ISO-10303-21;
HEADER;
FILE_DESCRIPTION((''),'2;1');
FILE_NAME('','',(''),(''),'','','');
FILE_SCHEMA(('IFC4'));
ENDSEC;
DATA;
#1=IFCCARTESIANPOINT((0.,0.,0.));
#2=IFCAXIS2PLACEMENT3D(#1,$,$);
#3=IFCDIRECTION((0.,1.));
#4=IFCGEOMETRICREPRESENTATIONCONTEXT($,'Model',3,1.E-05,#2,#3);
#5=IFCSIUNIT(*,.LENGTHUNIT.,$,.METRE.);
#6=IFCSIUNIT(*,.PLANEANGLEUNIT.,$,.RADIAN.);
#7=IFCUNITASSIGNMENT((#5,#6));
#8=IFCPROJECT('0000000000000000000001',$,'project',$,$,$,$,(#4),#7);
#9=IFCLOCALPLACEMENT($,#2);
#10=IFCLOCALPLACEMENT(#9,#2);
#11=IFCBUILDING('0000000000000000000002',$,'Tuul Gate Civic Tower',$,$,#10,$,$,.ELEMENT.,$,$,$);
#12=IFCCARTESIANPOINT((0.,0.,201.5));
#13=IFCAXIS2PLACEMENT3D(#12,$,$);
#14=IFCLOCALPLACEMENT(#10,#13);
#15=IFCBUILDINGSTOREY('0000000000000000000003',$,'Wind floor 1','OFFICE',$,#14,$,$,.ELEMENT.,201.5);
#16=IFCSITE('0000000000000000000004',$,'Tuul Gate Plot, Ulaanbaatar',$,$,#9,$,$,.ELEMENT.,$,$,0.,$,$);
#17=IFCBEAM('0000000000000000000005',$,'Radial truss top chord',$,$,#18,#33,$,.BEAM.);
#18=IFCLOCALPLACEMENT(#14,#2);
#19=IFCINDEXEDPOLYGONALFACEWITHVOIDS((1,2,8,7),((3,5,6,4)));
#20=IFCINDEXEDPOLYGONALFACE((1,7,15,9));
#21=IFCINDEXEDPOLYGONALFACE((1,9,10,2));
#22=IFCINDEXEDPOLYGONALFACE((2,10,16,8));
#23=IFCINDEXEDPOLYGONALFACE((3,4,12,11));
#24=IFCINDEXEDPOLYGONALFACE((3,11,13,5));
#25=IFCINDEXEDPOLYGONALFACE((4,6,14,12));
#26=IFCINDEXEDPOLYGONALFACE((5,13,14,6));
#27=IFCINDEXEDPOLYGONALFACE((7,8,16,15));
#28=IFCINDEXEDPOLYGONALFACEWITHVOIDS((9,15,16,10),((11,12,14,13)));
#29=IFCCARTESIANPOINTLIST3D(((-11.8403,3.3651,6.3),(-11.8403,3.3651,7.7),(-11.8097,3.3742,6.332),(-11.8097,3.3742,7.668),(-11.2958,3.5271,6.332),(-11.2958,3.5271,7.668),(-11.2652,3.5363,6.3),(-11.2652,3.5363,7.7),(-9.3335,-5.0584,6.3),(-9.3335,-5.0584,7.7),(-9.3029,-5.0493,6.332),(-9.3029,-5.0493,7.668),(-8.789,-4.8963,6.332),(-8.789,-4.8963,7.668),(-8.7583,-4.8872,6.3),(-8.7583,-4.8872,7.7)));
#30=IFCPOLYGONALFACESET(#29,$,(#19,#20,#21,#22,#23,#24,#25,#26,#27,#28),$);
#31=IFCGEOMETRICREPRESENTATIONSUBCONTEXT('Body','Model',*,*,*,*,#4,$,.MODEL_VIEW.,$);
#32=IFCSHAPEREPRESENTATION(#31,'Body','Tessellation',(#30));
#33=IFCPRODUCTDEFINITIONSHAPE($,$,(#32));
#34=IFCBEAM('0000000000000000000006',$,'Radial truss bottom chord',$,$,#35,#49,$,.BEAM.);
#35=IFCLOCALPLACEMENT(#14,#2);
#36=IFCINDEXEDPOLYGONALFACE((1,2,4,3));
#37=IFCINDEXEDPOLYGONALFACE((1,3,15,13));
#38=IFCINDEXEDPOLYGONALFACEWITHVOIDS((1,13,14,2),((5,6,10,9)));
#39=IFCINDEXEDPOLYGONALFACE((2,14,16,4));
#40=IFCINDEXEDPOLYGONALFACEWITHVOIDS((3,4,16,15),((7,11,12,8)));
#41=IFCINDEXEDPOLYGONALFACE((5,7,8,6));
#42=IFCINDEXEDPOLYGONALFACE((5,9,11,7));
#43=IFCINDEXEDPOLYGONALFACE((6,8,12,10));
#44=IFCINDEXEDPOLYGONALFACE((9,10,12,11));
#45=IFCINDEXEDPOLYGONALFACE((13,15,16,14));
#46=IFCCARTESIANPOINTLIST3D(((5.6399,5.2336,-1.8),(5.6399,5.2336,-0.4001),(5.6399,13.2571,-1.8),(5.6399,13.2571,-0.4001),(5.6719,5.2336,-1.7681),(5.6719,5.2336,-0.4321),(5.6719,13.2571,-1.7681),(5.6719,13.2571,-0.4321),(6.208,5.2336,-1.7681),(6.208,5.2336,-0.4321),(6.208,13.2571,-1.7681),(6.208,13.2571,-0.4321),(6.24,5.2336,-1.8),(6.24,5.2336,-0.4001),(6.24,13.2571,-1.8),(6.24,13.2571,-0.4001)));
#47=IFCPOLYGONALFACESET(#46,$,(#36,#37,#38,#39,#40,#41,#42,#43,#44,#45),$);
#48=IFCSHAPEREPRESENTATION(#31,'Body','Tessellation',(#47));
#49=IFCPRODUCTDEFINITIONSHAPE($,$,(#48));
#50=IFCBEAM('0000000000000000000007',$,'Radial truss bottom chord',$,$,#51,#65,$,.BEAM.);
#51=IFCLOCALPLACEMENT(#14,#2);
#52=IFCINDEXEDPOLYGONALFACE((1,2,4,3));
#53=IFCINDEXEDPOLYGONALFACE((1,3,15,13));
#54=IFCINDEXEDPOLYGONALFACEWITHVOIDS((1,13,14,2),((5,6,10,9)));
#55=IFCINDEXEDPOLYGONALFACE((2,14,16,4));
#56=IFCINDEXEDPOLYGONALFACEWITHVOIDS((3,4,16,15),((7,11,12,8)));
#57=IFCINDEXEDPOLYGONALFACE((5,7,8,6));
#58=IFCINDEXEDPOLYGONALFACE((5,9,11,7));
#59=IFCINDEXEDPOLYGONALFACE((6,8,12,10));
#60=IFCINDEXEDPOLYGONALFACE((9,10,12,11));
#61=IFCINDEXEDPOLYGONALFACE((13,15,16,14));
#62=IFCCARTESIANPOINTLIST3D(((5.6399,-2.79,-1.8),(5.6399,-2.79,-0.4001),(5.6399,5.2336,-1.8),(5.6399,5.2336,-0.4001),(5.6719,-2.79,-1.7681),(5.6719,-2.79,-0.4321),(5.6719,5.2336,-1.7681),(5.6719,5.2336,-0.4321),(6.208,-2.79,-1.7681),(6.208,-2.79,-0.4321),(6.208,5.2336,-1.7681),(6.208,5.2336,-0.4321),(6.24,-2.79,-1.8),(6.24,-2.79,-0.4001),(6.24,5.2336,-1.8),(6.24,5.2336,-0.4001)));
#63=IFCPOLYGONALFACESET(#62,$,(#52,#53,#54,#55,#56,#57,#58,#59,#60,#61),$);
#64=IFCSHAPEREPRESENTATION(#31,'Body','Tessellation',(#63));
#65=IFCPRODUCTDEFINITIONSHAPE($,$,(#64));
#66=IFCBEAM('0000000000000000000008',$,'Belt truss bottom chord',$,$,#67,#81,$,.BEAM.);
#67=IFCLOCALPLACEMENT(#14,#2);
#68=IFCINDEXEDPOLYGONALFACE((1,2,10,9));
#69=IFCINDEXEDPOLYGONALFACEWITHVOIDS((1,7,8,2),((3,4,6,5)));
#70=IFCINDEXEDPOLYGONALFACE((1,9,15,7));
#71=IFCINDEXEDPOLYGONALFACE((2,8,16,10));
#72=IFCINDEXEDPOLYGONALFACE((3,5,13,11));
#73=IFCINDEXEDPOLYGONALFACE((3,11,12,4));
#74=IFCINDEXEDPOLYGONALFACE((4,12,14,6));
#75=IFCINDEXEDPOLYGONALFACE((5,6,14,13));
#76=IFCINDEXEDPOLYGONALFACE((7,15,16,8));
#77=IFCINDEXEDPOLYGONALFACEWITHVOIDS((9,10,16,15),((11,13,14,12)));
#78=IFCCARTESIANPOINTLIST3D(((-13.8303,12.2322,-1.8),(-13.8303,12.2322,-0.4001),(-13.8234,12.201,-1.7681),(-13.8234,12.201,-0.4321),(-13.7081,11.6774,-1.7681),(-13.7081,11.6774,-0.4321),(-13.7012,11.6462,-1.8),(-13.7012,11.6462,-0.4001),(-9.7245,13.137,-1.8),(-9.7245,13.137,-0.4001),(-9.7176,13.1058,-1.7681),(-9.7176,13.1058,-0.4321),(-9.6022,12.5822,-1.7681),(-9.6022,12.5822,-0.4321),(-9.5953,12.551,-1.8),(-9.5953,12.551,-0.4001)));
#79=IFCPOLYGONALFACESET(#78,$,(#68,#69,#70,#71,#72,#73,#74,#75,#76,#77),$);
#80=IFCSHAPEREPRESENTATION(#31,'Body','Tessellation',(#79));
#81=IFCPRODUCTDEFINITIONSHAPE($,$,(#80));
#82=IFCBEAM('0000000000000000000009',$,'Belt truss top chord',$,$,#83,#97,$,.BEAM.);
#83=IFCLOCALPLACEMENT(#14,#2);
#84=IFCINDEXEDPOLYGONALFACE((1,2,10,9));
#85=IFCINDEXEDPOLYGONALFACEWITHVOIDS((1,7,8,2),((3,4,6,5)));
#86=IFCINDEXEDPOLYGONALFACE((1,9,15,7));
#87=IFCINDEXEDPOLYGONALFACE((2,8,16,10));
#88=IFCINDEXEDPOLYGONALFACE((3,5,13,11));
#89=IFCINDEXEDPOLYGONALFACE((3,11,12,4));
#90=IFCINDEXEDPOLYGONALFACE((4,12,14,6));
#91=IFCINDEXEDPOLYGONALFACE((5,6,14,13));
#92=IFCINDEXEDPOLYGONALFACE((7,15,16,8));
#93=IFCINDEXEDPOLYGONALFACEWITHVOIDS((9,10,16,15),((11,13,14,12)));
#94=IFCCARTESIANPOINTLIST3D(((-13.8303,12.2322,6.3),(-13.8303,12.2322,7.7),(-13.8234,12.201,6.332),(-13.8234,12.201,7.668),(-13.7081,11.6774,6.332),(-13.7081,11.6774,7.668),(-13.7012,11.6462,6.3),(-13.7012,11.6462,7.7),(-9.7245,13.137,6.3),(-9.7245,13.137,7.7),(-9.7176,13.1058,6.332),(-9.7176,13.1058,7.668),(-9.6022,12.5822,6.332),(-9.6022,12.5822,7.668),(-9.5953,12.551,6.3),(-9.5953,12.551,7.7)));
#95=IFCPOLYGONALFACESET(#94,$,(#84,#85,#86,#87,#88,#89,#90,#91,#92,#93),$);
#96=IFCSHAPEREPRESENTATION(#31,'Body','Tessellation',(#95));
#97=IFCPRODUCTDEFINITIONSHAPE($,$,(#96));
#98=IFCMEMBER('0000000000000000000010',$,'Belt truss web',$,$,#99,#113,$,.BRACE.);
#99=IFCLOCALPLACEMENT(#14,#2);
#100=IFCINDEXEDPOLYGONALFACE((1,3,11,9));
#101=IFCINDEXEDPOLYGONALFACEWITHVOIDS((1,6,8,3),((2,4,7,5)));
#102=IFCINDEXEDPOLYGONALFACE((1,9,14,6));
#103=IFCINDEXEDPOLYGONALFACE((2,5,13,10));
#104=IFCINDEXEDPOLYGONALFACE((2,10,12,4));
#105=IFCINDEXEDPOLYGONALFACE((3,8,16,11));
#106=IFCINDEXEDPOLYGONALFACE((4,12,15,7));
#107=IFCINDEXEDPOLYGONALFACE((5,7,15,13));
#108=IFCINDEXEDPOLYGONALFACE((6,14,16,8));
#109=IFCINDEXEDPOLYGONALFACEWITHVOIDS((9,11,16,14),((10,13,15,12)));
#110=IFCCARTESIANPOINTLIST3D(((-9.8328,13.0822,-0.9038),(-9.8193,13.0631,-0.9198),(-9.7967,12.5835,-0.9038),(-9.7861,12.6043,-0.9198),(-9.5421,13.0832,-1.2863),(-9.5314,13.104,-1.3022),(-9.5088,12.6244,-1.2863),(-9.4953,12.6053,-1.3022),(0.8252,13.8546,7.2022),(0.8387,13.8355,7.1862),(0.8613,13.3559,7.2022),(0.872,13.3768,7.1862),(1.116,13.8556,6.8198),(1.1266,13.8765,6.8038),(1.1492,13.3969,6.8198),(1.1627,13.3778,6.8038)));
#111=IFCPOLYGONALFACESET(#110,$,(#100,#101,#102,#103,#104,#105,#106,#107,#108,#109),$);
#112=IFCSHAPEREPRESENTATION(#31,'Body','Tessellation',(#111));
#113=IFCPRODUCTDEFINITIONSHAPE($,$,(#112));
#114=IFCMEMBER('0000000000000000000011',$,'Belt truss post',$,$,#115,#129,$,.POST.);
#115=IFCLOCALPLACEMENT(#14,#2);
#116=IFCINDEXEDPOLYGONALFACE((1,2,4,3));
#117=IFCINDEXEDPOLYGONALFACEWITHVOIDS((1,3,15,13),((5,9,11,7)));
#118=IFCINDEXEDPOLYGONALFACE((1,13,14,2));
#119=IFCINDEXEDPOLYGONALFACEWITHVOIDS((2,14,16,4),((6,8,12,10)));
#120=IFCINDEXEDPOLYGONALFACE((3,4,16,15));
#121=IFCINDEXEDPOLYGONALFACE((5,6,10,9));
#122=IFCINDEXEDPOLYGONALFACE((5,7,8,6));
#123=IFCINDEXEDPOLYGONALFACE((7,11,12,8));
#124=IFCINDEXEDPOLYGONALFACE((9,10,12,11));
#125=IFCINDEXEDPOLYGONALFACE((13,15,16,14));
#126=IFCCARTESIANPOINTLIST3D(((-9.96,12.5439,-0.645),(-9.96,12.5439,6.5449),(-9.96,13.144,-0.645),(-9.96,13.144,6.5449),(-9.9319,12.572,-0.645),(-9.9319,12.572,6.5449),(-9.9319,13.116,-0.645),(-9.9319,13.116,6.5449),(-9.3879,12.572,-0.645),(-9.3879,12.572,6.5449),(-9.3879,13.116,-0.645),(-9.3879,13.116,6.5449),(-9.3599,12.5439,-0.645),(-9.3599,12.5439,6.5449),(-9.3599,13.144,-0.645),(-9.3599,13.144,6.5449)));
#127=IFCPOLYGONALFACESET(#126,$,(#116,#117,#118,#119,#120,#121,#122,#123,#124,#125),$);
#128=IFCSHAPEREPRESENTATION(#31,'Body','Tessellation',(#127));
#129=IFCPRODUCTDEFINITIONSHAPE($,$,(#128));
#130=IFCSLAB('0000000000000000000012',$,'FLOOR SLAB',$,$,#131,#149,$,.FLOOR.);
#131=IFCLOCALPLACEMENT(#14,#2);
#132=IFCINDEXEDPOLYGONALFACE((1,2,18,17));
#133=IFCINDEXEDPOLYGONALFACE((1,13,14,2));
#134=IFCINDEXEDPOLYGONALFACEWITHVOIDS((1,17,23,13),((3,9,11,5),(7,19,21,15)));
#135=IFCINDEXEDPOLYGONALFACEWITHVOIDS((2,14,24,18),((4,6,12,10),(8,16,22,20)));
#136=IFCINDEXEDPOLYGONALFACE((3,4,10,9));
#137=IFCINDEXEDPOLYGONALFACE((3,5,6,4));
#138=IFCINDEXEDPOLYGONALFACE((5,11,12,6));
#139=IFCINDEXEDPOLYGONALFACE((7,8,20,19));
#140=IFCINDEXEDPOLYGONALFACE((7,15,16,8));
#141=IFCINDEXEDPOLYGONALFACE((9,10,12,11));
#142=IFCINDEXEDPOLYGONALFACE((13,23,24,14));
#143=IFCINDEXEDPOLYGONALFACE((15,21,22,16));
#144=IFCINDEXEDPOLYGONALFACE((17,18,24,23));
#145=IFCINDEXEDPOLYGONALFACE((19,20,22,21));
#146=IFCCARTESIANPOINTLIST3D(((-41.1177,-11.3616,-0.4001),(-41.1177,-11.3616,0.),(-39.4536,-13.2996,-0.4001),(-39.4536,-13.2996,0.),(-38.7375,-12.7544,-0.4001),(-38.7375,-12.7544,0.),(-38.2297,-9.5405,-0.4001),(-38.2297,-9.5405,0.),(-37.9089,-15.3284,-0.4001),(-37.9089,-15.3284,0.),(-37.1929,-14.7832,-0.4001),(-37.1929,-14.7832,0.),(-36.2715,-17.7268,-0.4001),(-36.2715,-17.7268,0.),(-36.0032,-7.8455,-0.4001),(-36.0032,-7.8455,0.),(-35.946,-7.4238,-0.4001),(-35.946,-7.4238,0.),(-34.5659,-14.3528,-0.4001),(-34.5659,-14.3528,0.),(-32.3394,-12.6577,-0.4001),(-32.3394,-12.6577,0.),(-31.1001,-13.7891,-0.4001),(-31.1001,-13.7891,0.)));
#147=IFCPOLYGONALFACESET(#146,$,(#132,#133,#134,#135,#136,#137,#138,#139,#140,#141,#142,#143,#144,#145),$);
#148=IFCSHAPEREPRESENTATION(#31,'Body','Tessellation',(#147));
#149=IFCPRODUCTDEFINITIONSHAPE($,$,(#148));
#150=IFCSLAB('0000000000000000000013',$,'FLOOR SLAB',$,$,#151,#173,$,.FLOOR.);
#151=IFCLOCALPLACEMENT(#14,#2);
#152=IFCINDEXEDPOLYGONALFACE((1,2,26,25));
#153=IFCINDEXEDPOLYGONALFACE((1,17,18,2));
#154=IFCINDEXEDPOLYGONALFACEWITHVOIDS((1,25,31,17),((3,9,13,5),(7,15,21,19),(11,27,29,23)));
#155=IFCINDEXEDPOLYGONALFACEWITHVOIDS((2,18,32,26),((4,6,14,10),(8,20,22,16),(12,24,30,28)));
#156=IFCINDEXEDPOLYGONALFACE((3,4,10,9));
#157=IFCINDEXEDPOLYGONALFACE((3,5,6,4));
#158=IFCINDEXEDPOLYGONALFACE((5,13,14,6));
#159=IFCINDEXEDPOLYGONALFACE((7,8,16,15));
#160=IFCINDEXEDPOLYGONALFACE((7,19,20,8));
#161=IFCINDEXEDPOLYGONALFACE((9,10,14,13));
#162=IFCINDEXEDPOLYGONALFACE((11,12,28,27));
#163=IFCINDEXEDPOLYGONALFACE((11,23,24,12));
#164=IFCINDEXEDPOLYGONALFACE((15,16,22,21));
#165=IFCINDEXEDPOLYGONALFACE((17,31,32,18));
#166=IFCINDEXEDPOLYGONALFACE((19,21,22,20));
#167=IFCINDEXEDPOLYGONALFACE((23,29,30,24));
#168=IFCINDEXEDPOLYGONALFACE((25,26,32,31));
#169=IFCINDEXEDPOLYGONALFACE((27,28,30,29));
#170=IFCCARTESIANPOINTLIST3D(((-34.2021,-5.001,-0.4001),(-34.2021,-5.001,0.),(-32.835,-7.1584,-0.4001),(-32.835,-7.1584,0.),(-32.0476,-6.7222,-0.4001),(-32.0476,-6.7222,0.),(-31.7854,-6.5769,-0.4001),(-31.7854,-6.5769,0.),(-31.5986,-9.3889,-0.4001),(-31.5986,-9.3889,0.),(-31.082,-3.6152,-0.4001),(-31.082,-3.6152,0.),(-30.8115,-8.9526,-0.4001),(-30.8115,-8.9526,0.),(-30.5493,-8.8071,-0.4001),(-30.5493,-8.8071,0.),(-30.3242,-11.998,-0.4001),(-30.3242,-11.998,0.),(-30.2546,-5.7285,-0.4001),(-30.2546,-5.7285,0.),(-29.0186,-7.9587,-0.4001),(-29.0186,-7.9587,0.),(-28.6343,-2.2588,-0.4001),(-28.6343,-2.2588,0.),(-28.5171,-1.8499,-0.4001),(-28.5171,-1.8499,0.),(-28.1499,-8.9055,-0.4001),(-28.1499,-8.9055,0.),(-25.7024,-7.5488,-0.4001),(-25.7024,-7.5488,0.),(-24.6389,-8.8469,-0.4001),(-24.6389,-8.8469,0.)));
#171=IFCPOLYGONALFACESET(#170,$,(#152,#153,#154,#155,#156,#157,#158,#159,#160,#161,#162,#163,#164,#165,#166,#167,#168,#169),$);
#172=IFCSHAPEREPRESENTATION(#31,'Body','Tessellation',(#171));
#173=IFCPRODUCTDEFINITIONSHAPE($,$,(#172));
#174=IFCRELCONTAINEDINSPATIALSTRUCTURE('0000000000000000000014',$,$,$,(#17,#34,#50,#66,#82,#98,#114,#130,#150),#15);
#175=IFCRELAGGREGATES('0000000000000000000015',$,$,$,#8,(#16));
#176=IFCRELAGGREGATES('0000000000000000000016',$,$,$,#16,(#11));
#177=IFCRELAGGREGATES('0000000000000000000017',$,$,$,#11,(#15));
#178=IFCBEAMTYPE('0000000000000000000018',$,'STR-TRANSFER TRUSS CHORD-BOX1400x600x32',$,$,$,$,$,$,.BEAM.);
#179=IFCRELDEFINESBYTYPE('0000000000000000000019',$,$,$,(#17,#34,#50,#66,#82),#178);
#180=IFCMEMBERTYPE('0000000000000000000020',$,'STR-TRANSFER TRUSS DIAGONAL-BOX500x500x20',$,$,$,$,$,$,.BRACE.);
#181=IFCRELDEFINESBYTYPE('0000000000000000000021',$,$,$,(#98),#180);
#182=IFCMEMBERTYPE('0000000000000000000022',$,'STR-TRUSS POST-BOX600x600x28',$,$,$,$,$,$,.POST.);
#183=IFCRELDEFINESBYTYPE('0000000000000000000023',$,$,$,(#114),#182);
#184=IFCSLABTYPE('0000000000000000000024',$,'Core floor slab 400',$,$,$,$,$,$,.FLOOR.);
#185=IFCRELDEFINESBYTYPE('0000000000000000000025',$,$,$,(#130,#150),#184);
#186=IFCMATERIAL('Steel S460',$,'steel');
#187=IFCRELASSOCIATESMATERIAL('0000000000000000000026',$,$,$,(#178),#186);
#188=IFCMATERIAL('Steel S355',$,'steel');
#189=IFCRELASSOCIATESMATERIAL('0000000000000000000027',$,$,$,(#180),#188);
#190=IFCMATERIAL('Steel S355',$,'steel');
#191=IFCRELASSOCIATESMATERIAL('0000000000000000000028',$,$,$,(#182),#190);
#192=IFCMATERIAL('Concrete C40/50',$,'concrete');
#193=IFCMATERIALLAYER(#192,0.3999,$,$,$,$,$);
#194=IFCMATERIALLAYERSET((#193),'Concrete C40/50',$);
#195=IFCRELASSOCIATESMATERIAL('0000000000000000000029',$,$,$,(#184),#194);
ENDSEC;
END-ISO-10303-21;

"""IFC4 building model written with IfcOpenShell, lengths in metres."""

from ifc_helpers import new_model, si_unit, direction, frame, origin, origin_2d, place, context, subcontext, project, spatial, polyline, hollow_rectangle, outline, extrude, material, layer, layer_set, material_profile, profile_set, type_object, element, save


model = new_model("IFC4")

# Units and contexts
model_context = context("Model", 3, precision=1e-05, world=origin(), true_north=direction((0.0, 1.0)))
body_context = subcontext(model_context, "Body", "Model", "MODEL_VIEW")
ifc_project = project(units=[si_unit("LENGTHUNIT", "METRE"), si_unit("PLANEANGLEUNIT", "RADIAN")], contexts=[model_context])

# Site, building, storey
site_placement = place(None, origin())
site = spatial("IfcSite", under=ifc_project, at=site_placement, Name="Tuul Gate Plot, Ulaanbaatar", CompositionType="ELEMENT", RefElevation=0.0)
building_placement = place(site_placement, origin())
building = spatial("IfcBuilding", under=site, at=building_placement, Name="Tuul Gate Civic Tower", CompositionType="ELEMENT")
storey_placement = place(building_placement, frame((0.0, 0.0, 201.5)))
storey = spatial("IfcBuildingStorey", under=building, at=storey_placement, Name="Wind floor 1", Description="OFFICE", CompositionType="ELEMENT", Elevation=201.5)

# Beams
ifc_material_1 = material(Name="Steel S460", Category="steel")
ifc_material_profile_1 = material_profile(ifc_material_1, hollow_rectangle(XDim=0.6001, YDim=1.3999, WallThickness=0.032, at=origin_2d()), Name="BOX1400x600x32")
ifc_profile_set_1 = profile_set([ifc_material_profile_1], Name="Steel S460")
beam_type = type_object("IfcBeamType", Name="STR-TRANSFER TRUSS CHORD-BOX1400x600x32", PredefinedType="BEAM", material=ifc_profile_set_1)
beam_1_placement = place(storey_placement, frame((-11.5527, 3.4507, 7.0), z_axis=(0.285234, -0.958458, 0.0), x_axis=(0.958458, 0.285234, 0.0)))
element("IfcBeam", 1, at=beam_1_placement, inside=storey, type_object=beam_type, Name="Radial truss top chord", PredefinedType="BEAM", context=body_context, shape_type="SweptSolid", body=[
    extrude(hollow_rectangle(XDim=0.6001, YDim=1.3999, WallThickness=0.032, at=origin_2d()), origin(), (0.0, 0.0, 1.0), 8.7886),
])
beam_2_placement = place(storey_placement, frame((5.9399, 13.2571, -1.1001), z_axis=(0.0, -1.0, 0.0), x_axis=(1.0, 0.0, 0.0)))
element("IfcBeam", 2, at=beam_2_placement, inside=storey, type_object=beam_type, Name="Radial truss bottom chord", PredefinedType="BEAM", context=body_context, shape_type="SweptSolid", body=[
    extrude(hollow_rectangle(XDim=0.6001, YDim=1.3999, WallThickness=0.032, at=origin_2d()), origin(), (0.0, 0.0, 1.0), 8.0234),
])
beam_3_placement = place(storey_placement, frame((5.9399, 5.2336, -1.1001), z_axis=(0.0, -1.0, 0.0), x_axis=(1.0, 0.0, 0.0)))
element("IfcBeam", 3, at=beam_3_placement, inside=storey, type_object=beam_type, Name="Radial truss bottom chord", PredefinedType="BEAM", context=body_context, shape_type="SweptSolid", body=[
    extrude(hollow_rectangle(XDim=0.6001, YDim=1.3999, WallThickness=0.032, at=origin_2d()), origin(), (0.0, 0.0, 1.0), 8.0237),
])
for number, where, z_axis, x_axis, name in (
    (4, (-9.6599, 12.844, -1.1001), (-0.976568, -0.215209, 0.0), (0.215209, -0.976568, 0.0), "Belt truss bottom chord"),
    (5, (-9.6599, 12.844, 7.0), (-0.976568, -0.215209, 0.0), (0.215209, -0.976568, 0.0), "Belt truss top chord"),
):
    element("IfcBeam", number, at=place(storey_placement, frame(where, z_axis=z_axis, x_axis=x_axis)), inside=storey, type_object=beam_type, Name=name, PredefinedType="BEAM", context=body_context, shape_type="SweptSolid", body=[
        extrude(hollow_rectangle(XDim=0.6001, YDim=1.3999, WallThickness=0.032, at=origin_2d()), origin(), (0.0, 0.0, 1.0), 4.2043),
    ])

# Members
ifc_material_2 = material(Name="Steel S355", Category="steel")
ifc_material_profile_2 = material_profile(ifc_material_2, hollow_rectangle(XDim=0.5, YDim=0.5, WallThickness=0.02, at=origin_2d()), Name="BOX500x500x20")
ifc_profile_set_2 = profile_set([ifc_material_profile_2], Name="Steel S355")
member_type_1 = type_object("IfcMemberType", Name="STR-TRANSFER TRUSS DIAGONAL-BOX500x500x20", PredefinedType="BRACE", material=ifc_profile_set_2)
member_1_placement = place(storey_placement, frame((-9.6641, 12.8438, -1.103), z_axis=(0.794628, 0.057593, 0.604358), x_axis=(-0.072288, 0.997384, 0.0)))
element("IfcMember", 6, at=member_1_placement, inside=storey, type_object=member_type_1, Name="Belt truss web", PredefinedType="BRACE", context=body_context, shape_type="SweptSolid", body=[
    extrude(hollow_rectangle(XDim=0.5, YDim=0.5, WallThickness=0.02, at=origin_2d()), origin(), (0.0, 0.0, 1.0), 13.4126),
])
ifc_material_3 = material(Name="Steel S355", Category="steel")
ifc_material_profile_3 = material_profile(ifc_material_3, hollow_rectangle(XDim=0.6001, YDim=0.6001, WallThickness=0.0281, at=origin_2d()), Name="BOX600x600x28")
ifc_profile_set_3 = profile_set([ifc_material_profile_3], Name="Steel S355")
member_type_2 = type_object("IfcMemberType", Name="STR-TRUSS POST-BOX600x600x28", PredefinedType="POST", material=ifc_profile_set_3)
member_2_placement = place(storey_placement, frame((-9.6599, 12.844, -0.645), z_axis=(0.0, 0.0, 1.0), x_axis=(1.0, 0.0, 0.0)))
element("IfcMember", 7, at=member_2_placement, inside=storey, type_object=member_type_2, Name="Belt truss post", PredefinedType="POST", context=body_context, shape_type="SweptSolid", body=[
    extrude(hollow_rectangle(XDim=0.6001, YDim=0.6001, WallThickness=0.0281, at=origin_2d()), origin(), (0.0, 0.0, 1.0), 7.1899),
])

# Slabs
ifc_material_4 = material(Name="Concrete C40/50", Category="concrete")
ifc_layer_1 = layer(ifc_material_4, 0.3999)
ifc_layer_set_1 = layer_set([ifc_layer_1], Name="Concrete C40/50")
slab_type_1 = type_object("IfcSlabType", Name="Core floor slab 400", PredefinedType="FLOOR", material=ifc_layer_set_1)
slab_1_placement = place(storey_placement, frame((0.0, 0.0, -0.4001)))
element("IfcSlab", 8, at=slab_1_placement, inside=storey, type_object=slab_type_1, Name="FLOOR SLAB", PredefinedType="FLOOR", context=body_context, shape_type="SweptSolid", body=[
    extrude(outline(polyline([(-31.1001, -13.7891), (-35.946, -7.4238), (-41.1177, -11.3616), (-36.2715, -17.7268), (-31.1001, -13.7891)]), holes=[polyline([(-37.1929, -14.7832), (-38.7375, -12.7544), (-39.4536, -13.2996), (-37.9089, -15.3284), (-37.1929, -14.7832)]), polyline([(-32.3394, -12.6577), (-34.5659, -14.3528), (-38.2297, -9.5405), (-36.0032, -7.8455), (-32.3394, -12.6577)])]), origin(), (0.0, 0.0, 1.0), 0.4001),
])
slab_2_placement = place(storey_placement, frame((0.0, 0.0, -0.4001)))
element("IfcSlab", 9, at=slab_2_placement, inside=storey, type_object=slab_type_1, Name="FLOOR SLAB", PredefinedType="FLOOR", context=body_context, shape_type="SweptSolid", body=[
    extrude(outline(polyline([(-24.6389, -8.8469), (-28.5171, -1.8499), (-34.2021, -5.001), (-30.3242, -11.998), (-24.6389, -8.8469)]), holes=[polyline([(-29.0186, -7.9587), (-30.2546, -5.7285), (-31.7854, -6.5769), (-30.5493, -8.8071), (-29.0186, -7.9587)]), polyline([(-30.8115, -8.9526), (-32.0476, -6.7222), (-32.835, -7.1584), (-31.5986, -9.3889), (-30.8115, -8.9526)]), polyline([(-25.7024, -7.5488), (-28.1499, -8.9055), (-31.082, -3.6152), (-28.6343, -2.2588), (-25.7024, -7.5488)])]), origin(), (0.0, 0.0, 1.0), 0.4001),
])

save(model, "model.ifc")
